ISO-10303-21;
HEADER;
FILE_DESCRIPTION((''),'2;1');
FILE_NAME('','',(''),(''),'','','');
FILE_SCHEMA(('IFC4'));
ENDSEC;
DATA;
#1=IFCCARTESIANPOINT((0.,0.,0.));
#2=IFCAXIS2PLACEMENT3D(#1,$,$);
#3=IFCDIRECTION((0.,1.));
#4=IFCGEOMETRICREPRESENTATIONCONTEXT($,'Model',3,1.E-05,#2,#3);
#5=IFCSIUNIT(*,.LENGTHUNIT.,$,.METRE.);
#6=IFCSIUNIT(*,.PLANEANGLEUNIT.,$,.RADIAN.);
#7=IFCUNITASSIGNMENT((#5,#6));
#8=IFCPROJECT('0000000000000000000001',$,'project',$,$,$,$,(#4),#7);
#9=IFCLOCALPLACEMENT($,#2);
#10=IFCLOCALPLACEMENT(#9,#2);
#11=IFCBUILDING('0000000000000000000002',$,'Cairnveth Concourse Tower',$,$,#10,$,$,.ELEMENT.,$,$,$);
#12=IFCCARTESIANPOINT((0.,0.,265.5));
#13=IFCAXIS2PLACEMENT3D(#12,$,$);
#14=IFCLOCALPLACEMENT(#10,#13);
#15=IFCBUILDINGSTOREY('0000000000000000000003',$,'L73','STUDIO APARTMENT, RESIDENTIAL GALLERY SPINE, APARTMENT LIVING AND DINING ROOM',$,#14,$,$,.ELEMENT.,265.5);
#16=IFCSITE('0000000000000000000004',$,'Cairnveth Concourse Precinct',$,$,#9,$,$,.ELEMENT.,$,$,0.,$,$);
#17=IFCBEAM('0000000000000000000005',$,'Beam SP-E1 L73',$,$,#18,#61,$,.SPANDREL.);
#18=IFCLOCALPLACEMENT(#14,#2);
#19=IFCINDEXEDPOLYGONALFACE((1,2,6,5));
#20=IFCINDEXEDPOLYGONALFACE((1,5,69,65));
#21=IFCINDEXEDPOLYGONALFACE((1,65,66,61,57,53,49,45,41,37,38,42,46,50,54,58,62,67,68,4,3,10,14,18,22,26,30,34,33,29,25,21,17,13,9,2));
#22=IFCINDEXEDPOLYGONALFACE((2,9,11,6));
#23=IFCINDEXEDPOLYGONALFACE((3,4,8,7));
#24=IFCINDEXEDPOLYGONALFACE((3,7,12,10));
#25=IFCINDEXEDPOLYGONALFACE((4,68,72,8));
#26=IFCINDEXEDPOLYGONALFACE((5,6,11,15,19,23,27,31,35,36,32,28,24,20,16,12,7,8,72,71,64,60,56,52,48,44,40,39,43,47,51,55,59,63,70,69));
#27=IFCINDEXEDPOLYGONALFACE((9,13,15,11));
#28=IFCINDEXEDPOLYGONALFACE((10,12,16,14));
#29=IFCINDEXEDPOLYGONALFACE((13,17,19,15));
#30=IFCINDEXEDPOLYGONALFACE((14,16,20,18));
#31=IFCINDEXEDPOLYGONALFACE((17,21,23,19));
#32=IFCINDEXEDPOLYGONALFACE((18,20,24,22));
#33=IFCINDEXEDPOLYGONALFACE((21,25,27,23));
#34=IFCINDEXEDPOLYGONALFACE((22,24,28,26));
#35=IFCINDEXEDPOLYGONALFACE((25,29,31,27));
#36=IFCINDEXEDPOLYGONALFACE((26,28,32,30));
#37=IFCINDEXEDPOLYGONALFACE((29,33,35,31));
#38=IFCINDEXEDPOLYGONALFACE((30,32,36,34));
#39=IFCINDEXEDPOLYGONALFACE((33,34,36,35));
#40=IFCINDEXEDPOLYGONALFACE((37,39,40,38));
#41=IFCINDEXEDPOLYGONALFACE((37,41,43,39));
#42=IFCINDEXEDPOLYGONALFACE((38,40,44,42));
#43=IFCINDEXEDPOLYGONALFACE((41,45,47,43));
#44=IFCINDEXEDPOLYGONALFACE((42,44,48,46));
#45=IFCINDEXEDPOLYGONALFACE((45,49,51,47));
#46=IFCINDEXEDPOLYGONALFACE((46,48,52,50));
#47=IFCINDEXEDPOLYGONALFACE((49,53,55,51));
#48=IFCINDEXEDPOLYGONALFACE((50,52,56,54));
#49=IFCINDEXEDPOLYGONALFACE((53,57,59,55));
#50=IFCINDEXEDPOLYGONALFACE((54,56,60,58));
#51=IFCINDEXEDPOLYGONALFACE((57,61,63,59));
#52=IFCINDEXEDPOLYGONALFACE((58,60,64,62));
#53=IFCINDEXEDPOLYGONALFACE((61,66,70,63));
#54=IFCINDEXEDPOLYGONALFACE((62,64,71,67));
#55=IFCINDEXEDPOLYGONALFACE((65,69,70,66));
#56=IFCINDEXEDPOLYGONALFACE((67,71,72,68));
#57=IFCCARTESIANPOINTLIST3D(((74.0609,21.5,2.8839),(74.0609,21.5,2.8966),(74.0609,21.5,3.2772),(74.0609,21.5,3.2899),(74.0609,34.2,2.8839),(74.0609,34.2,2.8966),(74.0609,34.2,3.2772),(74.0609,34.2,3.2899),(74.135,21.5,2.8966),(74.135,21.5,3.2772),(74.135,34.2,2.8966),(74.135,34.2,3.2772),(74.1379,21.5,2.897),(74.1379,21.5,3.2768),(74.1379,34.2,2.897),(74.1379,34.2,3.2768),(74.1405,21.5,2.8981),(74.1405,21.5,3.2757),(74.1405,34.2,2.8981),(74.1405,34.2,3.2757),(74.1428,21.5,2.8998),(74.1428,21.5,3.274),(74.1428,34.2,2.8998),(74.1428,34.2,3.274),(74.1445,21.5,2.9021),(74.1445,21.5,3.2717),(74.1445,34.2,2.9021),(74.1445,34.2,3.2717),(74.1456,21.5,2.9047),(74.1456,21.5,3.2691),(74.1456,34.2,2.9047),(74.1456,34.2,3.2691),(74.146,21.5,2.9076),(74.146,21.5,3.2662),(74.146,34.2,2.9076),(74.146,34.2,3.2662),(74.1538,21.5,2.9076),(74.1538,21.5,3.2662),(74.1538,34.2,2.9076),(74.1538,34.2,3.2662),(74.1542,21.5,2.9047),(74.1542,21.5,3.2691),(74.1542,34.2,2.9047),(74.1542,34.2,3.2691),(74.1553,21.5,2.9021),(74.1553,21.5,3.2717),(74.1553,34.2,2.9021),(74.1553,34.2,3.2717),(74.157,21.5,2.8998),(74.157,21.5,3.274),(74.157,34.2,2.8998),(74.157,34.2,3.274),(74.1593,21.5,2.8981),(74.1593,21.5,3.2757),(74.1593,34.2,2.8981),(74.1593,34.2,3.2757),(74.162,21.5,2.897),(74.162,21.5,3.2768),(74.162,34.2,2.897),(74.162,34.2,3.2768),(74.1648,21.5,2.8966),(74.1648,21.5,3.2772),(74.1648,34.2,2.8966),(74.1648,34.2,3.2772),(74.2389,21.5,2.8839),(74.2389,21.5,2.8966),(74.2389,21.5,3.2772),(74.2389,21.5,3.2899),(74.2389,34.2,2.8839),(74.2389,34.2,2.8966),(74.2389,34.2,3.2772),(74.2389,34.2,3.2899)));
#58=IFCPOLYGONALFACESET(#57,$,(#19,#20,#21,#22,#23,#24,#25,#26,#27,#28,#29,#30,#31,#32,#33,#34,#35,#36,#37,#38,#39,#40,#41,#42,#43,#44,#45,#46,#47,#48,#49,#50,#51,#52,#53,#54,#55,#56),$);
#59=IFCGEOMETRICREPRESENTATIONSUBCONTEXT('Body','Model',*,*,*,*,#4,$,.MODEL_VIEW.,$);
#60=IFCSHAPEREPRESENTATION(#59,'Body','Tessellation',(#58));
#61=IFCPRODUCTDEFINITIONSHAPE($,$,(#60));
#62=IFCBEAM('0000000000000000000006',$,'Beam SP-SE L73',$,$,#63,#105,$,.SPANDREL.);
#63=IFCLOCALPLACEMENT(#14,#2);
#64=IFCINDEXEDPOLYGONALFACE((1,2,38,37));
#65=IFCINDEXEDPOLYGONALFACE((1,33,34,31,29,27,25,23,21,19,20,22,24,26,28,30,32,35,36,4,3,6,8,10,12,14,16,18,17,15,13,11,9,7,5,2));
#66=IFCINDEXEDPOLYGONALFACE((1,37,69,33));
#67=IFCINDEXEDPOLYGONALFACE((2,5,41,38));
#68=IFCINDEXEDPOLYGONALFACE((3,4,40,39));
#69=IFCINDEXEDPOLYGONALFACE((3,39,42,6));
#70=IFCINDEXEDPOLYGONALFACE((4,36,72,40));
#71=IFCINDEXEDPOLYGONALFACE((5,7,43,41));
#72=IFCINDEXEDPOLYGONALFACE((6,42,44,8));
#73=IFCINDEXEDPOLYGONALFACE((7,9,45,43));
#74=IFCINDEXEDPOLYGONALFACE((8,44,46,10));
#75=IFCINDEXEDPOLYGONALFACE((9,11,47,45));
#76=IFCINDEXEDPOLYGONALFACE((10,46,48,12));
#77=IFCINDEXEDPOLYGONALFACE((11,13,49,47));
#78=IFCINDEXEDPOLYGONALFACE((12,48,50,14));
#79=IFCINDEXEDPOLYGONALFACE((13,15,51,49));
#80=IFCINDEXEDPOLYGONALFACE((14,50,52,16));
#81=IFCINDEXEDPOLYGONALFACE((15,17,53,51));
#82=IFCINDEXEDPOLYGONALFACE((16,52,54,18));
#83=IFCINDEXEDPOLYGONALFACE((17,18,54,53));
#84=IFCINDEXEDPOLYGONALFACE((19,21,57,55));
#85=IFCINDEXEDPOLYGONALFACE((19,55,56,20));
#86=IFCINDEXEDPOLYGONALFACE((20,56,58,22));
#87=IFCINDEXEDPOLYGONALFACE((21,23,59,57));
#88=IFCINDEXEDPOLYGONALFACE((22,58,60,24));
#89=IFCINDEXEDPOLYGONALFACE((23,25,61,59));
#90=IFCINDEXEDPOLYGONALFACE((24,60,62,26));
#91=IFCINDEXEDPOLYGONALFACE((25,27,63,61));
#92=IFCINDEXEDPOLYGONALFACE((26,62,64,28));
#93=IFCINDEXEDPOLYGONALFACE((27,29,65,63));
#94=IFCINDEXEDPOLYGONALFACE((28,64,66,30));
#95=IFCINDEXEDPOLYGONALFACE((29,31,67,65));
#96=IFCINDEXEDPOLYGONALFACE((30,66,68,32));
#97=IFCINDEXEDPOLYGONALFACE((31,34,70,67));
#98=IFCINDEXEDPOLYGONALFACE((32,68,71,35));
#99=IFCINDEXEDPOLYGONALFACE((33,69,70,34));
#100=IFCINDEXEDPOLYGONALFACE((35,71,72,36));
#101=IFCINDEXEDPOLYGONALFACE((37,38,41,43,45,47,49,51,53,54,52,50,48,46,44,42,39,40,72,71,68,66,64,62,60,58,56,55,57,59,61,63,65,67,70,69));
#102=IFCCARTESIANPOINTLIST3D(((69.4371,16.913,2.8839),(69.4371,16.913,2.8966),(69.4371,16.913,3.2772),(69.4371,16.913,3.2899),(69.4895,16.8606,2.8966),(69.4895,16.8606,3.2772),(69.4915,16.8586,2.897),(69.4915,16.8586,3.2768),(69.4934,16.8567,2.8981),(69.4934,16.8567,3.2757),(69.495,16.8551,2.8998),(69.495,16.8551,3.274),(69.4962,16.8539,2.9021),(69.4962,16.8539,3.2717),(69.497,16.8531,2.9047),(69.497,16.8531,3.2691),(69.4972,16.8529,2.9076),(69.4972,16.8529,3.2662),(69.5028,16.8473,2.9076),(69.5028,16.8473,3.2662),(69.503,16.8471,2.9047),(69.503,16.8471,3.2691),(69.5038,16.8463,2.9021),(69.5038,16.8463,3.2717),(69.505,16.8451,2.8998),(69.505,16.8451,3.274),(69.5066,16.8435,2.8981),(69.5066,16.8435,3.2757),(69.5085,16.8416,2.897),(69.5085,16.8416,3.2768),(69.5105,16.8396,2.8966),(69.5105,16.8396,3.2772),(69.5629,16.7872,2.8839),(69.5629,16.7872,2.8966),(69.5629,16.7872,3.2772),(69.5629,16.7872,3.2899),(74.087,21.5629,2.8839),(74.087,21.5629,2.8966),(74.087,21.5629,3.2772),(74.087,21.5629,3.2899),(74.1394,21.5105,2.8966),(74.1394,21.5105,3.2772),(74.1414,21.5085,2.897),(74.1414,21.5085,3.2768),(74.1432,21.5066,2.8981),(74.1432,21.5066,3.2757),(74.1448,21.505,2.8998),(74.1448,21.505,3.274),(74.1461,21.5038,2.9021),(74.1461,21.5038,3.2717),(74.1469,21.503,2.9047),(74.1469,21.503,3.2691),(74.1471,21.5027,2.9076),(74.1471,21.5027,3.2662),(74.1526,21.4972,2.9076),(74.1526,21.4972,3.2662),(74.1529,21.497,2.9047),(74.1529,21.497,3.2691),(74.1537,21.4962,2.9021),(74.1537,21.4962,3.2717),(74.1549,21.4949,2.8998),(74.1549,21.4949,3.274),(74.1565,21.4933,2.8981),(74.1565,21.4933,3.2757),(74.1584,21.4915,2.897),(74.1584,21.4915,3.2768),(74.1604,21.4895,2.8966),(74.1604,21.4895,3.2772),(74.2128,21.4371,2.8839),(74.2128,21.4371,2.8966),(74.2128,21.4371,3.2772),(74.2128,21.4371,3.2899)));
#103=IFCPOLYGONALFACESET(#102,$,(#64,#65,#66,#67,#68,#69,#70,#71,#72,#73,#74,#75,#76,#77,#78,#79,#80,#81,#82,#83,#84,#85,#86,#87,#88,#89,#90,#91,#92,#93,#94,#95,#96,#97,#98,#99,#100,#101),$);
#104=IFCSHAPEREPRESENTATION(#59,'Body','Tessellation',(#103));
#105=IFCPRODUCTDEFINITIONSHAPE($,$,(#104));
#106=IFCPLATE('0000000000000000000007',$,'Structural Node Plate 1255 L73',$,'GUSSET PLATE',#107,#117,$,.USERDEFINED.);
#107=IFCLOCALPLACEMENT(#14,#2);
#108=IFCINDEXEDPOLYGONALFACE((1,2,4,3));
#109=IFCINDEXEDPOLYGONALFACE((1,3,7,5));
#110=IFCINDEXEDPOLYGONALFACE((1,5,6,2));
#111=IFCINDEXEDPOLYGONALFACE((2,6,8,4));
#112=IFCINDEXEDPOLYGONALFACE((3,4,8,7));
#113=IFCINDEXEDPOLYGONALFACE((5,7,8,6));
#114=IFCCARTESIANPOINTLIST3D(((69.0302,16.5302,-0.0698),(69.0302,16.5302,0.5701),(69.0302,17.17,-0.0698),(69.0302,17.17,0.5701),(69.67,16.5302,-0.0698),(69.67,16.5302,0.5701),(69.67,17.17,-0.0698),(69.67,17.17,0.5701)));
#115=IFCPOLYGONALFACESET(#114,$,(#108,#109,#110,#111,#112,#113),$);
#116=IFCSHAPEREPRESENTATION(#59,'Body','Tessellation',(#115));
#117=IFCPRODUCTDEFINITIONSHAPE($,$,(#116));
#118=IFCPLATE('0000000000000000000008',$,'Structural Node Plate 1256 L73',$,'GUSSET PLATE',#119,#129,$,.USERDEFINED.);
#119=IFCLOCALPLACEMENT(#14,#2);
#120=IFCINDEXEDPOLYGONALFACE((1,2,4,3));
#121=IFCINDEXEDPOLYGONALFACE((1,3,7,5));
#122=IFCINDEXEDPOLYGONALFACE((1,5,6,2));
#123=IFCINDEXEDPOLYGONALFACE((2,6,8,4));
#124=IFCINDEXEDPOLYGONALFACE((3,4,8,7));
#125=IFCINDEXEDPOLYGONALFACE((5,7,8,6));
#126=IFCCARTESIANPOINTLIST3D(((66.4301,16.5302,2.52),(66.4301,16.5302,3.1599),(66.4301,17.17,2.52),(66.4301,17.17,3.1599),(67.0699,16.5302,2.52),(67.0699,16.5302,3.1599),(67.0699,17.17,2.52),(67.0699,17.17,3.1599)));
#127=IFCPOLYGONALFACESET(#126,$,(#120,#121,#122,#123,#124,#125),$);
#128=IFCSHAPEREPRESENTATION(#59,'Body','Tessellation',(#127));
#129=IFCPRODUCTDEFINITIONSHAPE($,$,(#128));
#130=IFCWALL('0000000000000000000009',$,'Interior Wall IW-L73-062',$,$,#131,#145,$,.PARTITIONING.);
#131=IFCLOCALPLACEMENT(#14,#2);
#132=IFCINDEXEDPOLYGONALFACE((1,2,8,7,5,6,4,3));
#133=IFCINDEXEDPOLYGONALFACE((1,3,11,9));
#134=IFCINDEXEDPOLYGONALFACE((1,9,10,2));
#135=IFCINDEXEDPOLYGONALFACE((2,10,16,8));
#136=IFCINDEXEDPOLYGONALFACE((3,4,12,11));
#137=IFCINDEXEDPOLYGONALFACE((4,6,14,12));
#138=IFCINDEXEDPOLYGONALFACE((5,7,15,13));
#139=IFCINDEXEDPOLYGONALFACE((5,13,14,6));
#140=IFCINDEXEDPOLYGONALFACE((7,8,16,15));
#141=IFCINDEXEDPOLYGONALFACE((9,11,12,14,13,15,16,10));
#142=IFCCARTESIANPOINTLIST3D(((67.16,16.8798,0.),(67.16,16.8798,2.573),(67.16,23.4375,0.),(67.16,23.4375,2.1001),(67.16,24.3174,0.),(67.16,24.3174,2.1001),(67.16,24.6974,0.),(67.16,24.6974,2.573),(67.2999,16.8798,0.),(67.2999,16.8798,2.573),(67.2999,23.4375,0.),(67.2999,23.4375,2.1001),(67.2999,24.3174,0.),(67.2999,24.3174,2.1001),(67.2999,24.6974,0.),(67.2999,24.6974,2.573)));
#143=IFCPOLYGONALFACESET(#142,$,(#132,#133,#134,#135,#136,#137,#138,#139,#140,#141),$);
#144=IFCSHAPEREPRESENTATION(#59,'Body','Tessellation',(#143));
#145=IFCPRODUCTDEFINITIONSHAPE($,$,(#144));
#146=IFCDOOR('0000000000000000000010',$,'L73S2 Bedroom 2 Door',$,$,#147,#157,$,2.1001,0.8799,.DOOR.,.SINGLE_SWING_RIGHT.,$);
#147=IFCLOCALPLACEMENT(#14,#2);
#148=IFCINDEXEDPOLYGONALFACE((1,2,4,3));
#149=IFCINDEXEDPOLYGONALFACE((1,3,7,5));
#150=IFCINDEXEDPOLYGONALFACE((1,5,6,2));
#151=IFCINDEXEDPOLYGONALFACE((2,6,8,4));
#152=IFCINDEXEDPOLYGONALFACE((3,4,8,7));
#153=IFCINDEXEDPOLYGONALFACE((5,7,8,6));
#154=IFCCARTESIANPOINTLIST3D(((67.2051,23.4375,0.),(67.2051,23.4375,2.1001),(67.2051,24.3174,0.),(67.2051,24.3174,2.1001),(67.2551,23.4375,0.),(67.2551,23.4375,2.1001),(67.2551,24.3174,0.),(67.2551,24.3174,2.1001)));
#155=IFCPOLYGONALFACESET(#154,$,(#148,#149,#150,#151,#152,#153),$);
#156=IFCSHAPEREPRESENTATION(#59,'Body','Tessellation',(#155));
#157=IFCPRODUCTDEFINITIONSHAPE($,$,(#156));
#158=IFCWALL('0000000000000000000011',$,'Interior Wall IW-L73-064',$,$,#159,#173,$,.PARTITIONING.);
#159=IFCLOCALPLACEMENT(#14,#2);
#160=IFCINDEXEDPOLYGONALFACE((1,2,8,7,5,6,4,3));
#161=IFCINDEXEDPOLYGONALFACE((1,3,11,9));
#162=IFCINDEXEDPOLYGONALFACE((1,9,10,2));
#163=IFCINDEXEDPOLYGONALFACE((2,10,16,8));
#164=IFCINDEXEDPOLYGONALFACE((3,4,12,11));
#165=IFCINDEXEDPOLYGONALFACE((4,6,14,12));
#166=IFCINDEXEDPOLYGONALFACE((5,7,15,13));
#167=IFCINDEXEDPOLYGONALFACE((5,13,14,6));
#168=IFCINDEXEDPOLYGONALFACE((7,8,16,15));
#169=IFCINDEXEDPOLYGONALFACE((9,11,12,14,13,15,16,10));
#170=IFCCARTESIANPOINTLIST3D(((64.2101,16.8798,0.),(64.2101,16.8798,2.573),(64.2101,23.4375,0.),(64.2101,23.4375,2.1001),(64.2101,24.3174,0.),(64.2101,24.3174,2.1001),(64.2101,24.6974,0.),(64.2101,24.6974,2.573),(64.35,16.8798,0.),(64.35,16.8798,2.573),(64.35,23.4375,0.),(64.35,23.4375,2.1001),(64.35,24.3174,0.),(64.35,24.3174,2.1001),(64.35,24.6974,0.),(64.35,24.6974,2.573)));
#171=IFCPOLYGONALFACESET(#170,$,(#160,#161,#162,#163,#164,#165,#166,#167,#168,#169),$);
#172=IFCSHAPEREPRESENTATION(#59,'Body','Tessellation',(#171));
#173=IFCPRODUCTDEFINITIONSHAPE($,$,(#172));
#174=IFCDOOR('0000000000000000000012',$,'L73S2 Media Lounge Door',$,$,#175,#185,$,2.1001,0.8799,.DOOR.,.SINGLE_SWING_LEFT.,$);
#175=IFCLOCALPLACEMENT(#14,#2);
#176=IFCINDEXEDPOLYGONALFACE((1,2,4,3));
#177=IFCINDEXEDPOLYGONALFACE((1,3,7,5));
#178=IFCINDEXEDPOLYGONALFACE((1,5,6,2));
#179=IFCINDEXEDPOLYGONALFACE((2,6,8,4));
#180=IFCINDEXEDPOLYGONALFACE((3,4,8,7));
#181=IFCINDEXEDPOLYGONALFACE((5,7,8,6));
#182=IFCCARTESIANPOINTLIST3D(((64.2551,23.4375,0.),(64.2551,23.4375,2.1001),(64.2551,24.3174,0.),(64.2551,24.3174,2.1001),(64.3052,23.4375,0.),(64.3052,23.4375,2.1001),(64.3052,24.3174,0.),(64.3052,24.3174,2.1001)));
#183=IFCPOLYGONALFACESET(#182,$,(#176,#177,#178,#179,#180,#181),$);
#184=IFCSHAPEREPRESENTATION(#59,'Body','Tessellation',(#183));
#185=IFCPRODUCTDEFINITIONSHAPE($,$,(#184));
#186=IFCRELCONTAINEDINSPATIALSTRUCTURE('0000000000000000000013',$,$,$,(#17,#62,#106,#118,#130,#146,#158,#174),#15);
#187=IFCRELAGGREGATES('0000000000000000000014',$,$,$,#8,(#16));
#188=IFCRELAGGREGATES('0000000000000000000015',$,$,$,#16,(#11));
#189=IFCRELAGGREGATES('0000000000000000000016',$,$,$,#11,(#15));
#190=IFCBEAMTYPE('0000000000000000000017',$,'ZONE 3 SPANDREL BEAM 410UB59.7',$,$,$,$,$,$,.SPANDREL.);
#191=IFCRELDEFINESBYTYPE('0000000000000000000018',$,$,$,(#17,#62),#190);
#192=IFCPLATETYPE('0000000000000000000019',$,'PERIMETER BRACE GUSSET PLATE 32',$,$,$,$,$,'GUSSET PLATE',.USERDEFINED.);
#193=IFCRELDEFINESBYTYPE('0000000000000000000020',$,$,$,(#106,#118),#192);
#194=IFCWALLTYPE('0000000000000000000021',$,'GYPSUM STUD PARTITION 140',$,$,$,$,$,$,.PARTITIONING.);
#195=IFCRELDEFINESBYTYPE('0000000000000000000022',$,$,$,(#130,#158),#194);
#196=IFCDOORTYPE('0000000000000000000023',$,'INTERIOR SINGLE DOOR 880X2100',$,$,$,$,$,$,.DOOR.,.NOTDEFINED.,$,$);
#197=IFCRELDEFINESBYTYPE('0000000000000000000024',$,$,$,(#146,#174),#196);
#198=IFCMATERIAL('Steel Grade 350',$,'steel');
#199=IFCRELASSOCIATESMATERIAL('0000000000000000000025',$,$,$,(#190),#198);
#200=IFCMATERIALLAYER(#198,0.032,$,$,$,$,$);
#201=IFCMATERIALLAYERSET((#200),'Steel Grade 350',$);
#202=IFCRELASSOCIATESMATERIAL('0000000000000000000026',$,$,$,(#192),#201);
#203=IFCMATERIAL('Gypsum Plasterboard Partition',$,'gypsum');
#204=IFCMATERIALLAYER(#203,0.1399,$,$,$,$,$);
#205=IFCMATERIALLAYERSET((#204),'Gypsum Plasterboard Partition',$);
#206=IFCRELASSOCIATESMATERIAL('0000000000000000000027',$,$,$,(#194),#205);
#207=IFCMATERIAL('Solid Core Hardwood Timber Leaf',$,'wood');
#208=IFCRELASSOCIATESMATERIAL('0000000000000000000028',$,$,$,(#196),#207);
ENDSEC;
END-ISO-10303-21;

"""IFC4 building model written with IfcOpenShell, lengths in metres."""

from ifc_helpers import new_model, si_unit, direction, frame, frame_2d, origin, origin_2d, place, context, subcontext, project, spatial, rectangle, i_section, extrude, material, layer, layer_set, material_profile, profile_set, type_object, element, fill, save


model = new_model("IFC4")

# Units and contexts
model_context = context("Model", 3, precision=1e-05, world=origin(), true_north=direction((0.0, 1.0)))
body_context = subcontext(model_context, "Body", "Model", "MODEL_VIEW")
ifc_project = project(units=[si_unit("LENGTHUNIT", "METRE"), si_unit("PLANEANGLEUNIT", "RADIAN")], contexts=[model_context])

# Site, building, storey
site_placement = place(None, origin())
site = spatial("IfcSite", under=ifc_project, at=site_placement, Name="Cairnveth Concourse Precinct", CompositionType="ELEMENT", RefElevation=0.0)
building_placement = place(site_placement, origin())
building = spatial("IfcBuilding", under=site, at=building_placement, Name="Cairnveth Concourse Tower", CompositionType="ELEMENT")
storey_placement = place(building_placement, frame((0.0, 0.0, 265.5)))
storey = spatial("IfcBuildingStorey", under=building, at=storey_placement, Name="L73", Description="STUDIO APARTMENT, RESIDENTIAL GALLERY SPINE, APARTMENT LIVING AND DINING ROOM", CompositionType="ELEMENT", Elevation=265.5)

# Shared definitions
ifc_material_1 = material(Name="Steel Grade 350", Category="steel")

# Beams
ifc_material_profile_1 = material_profile(ifc_material_1, i_section(OverallWidth=0.178, OverallDepth=0.406, WebThickness=0.0078, FlangeThickness=0.0127, FilletRadius=0.011, at=origin_2d()), Name="410UB59.7")
ifc_profile_set_1 = profile_set([ifc_material_profile_1], Name="Steel Grade 350")
beam_type_1 = type_object("IfcBeamType", Name="ZONE 3 SPANDREL BEAM 410UB59.7", PredefinedType="SPANDREL", material=ifc_profile_set_1)
beam_1_placement = place(storey_placement, frame((74.1499, 21.5, 3.0869), z_axis=(0.0, 1.0, 0.0), x_axis=(-1.0, 0.0, 0.0)))
element("IfcBeam", 1, at=beam_1_placement, inside=storey, type_object=beam_type_1, Name="Beam SP-E1 L73", PredefinedType="SPANDREL", context=body_context, shape_type="SweptSolid", body=[
    extrude(i_section(OverallWidth=0.178, OverallDepth=0.406, WebThickness=0.0078, FlangeThickness=0.0127, FilletRadius=0.011, at=origin_2d()), origin(), (0.0, 0.0, 1.0), 12.7),
])
beam_2_placement = place(storey_placement, frame((69.5, 16.8501, 3.0869), z_axis=(0.707107, 0.707107, 0.0), x_axis=(-0.707107, 0.707107, 0.0)))
element("IfcBeam", 2, at=beam_2_placement, inside=storey, type_object=beam_type_1, Name="Beam SP-SE L73", PredefinedType="SPANDREL", context=body_context, shape_type="SweptSolid", body=[
    extrude(i_section(OverallWidth=0.178, OverallDepth=0.406, WebThickness=0.0078, FlangeThickness=0.0127, FilletRadius=0.011, at=origin_2d()), origin(), (0.0, 0.0, 1.0), 6.5759),
])

# Plates
ifc_layer_1 = layer(ifc_material_1, 0.032)
ifc_layer_set_1 = layer_set([ifc_layer_1], Name="Steel Grade 350")
plate_type = type_object("IfcPlateType", Name="PERIMETER BRACE GUSSET PLATE 32", ElementType="GUSSET PLATE", PredefinedType="USERDEFINED", material=ifc_layer_set_1)
for number, where, z_axis, x_axis, name in (
    (3, (69.3501, 16.8501, -0.0698), (0.0, 0.0, 1.0), (1.0, 0.0, 0.0), "Structural Node Plate 1255 L73"),
    (4, (66.75, 16.8501, 2.52), (0.0, 0.0, 1.0), (1.0, 0.0, 0.0), "Structural Node Plate 1256 L73"),
):
    element("IfcPlate", number, at=place(storey_placement, frame(where, z_axis=z_axis, x_axis=x_axis)), inside=storey, type_object=plate_type, Name=name, ObjectType="GUSSET PLATE", PredefinedType="USERDEFINED", context=body_context, shape_type="SweptSolid", body=[
        extrude(rectangle(XDim=0.6399, YDim=0.6399, at=origin_2d()), origin(), (0.0, 0.0, 1.0), 0.6399),
    ])

# Walls, openings, doors
ifc_material_2 = material(Name="Gypsum Plasterboard Partition", Category="gypsum")
ifc_layer_2 = layer(ifc_material_2, 0.1399)
ifc_layer_set_2 = layer_set([ifc_layer_2], Name="Gypsum Plasterboard Partition")
wall_type_1 = type_object("IfcWallType", Name="GYPSUM STUD PARTITION 140", PredefinedType="PARTITIONING", material=ifc_layer_set_2)
wall_1_placement = place(storey_placement, frame((67.23, 16.8799, 0.0), z_axis=(0.0, 0.0, 1.0), x_axis=(0.0, 1.0, 0.0)))
wall_1 = element("IfcWall", 5, at=wall_1_placement, inside=storey, type_object=wall_type_1, Name="Interior Wall IW-L73-062", PredefinedType="PARTITIONING", context=body_context, shape_type="SweptSolid", body=[
    extrude(rectangle(XDim=7.8176, YDim=0.1399, at=frame_2d((3.9087, 0.0))), origin(), (0.0, 0.0, 1.0), 2.573),
])
opening_1_placement = place(wall_1_placement, frame((6.5576, 0.0, 0.0)))
opening_1 = element("IfcOpeningElement", 6, at=opening_1_placement, cuts=wall_1, PredefinedType="OPENING", context=body_context, shape_type="SweptSolid", body=[
    extrude(rectangle(XDim=0.8799, YDim=2.1001, at=frame_2d((0.4399, 1.05))), frame((0.0, 0.0798, 0.0), z_axis=(0.0, -1.0, 0.0), x_axis=(1.0, 0.0, 0.0)), (0.0, 0.0, 1.0), 0.1599),
])
ifc_material_3 = material(Name="Solid Core Hardwood Timber Leaf", Category="wood")
door_type = type_object("IfcDoorType", Name="INTERIOR SINGLE DOOR 880X2100", OperationType="NOTDEFINED", PredefinedType="DOOR", material=ifc_material_3)
door_1_placement = place(opening_1_placement, origin())
door_1 = element("IfcDoor", 7, at=door_1_placement, inside=storey, type_object=door_type, Name="L73S2 Bedroom 2 Door", OperationType="SINGLE_SWING_RIGHT", OverallHeight=2.1001, OverallWidth=0.8799, PredefinedType="DOOR", context=body_context, shape_type="SweptSolid", body=[
    extrude(rectangle(XDim=0.8799, YDim=2.1001, at=frame_2d((0.4399, 1.05))), frame((0.0, 0.0249, 0.0), z_axis=(0.0, -1.0, 0.0), x_axis=(1.0, 0.0, 0.0)), (0.0, 0.0, 1.0), 0.05),
])
fill(opening_1, door_1)
wall_2_placement = place(storey_placement, frame((64.28, 16.8799, 0.0), z_axis=(0.0, 0.0, 1.0), x_axis=(0.0, 1.0, 0.0)))
wall_2 = element("IfcWall", 8, at=wall_2_placement, inside=storey, type_object=wall_type_1, Name="Interior Wall IW-L73-064", PredefinedType="PARTITIONING", context=body_context, shape_type="SweptSolid", body=[
    extrude(rectangle(XDim=7.8176, YDim=0.1399, at=frame_2d((3.9087, 0.0))), origin(), (0.0, 0.0, 1.0), 2.573),
])
opening_2_placement = place(wall_2_placement, frame((6.5576, 0.0, 0.0)))
opening_2 = element("IfcOpeningElement", 9, at=opening_2_placement, cuts=wall_2, PredefinedType="OPENING", context=body_context, shape_type="SweptSolid", body=[
    extrude(rectangle(XDim=0.8799, YDim=2.1001, at=frame_2d((0.4399, 1.05))), frame((0.0, 0.0798, 0.0), z_axis=(0.0, -1.0, 0.0), x_axis=(1.0, 0.0, 0.0)), (0.0, 0.0, 1.0), 0.1599),
])
door_2_placement = place(opening_2_placement, origin())
door_2 = element("IfcDoor", 10, at=door_2_placement, inside=storey, type_object=door_type, Name="L73S2 Media Lounge Door", OperationType="SINGLE_SWING_LEFT", OverallHeight=2.1001, OverallWidth=0.8799, PredefinedType="DOOR", context=body_context, shape_type="SweptSolid", body=[
    extrude(rectangle(XDim=0.8799, YDim=2.1001, at=frame_2d((0.4399, 1.05))), frame((0.0, 0.0249, 0.0), z_axis=(0.0, -1.0, 0.0), x_axis=(1.0, 0.0, 0.0)), (0.0, 0.0, 1.0), 0.05),
])
fill(opening_2, door_2)

save(model, "model.ifc")
